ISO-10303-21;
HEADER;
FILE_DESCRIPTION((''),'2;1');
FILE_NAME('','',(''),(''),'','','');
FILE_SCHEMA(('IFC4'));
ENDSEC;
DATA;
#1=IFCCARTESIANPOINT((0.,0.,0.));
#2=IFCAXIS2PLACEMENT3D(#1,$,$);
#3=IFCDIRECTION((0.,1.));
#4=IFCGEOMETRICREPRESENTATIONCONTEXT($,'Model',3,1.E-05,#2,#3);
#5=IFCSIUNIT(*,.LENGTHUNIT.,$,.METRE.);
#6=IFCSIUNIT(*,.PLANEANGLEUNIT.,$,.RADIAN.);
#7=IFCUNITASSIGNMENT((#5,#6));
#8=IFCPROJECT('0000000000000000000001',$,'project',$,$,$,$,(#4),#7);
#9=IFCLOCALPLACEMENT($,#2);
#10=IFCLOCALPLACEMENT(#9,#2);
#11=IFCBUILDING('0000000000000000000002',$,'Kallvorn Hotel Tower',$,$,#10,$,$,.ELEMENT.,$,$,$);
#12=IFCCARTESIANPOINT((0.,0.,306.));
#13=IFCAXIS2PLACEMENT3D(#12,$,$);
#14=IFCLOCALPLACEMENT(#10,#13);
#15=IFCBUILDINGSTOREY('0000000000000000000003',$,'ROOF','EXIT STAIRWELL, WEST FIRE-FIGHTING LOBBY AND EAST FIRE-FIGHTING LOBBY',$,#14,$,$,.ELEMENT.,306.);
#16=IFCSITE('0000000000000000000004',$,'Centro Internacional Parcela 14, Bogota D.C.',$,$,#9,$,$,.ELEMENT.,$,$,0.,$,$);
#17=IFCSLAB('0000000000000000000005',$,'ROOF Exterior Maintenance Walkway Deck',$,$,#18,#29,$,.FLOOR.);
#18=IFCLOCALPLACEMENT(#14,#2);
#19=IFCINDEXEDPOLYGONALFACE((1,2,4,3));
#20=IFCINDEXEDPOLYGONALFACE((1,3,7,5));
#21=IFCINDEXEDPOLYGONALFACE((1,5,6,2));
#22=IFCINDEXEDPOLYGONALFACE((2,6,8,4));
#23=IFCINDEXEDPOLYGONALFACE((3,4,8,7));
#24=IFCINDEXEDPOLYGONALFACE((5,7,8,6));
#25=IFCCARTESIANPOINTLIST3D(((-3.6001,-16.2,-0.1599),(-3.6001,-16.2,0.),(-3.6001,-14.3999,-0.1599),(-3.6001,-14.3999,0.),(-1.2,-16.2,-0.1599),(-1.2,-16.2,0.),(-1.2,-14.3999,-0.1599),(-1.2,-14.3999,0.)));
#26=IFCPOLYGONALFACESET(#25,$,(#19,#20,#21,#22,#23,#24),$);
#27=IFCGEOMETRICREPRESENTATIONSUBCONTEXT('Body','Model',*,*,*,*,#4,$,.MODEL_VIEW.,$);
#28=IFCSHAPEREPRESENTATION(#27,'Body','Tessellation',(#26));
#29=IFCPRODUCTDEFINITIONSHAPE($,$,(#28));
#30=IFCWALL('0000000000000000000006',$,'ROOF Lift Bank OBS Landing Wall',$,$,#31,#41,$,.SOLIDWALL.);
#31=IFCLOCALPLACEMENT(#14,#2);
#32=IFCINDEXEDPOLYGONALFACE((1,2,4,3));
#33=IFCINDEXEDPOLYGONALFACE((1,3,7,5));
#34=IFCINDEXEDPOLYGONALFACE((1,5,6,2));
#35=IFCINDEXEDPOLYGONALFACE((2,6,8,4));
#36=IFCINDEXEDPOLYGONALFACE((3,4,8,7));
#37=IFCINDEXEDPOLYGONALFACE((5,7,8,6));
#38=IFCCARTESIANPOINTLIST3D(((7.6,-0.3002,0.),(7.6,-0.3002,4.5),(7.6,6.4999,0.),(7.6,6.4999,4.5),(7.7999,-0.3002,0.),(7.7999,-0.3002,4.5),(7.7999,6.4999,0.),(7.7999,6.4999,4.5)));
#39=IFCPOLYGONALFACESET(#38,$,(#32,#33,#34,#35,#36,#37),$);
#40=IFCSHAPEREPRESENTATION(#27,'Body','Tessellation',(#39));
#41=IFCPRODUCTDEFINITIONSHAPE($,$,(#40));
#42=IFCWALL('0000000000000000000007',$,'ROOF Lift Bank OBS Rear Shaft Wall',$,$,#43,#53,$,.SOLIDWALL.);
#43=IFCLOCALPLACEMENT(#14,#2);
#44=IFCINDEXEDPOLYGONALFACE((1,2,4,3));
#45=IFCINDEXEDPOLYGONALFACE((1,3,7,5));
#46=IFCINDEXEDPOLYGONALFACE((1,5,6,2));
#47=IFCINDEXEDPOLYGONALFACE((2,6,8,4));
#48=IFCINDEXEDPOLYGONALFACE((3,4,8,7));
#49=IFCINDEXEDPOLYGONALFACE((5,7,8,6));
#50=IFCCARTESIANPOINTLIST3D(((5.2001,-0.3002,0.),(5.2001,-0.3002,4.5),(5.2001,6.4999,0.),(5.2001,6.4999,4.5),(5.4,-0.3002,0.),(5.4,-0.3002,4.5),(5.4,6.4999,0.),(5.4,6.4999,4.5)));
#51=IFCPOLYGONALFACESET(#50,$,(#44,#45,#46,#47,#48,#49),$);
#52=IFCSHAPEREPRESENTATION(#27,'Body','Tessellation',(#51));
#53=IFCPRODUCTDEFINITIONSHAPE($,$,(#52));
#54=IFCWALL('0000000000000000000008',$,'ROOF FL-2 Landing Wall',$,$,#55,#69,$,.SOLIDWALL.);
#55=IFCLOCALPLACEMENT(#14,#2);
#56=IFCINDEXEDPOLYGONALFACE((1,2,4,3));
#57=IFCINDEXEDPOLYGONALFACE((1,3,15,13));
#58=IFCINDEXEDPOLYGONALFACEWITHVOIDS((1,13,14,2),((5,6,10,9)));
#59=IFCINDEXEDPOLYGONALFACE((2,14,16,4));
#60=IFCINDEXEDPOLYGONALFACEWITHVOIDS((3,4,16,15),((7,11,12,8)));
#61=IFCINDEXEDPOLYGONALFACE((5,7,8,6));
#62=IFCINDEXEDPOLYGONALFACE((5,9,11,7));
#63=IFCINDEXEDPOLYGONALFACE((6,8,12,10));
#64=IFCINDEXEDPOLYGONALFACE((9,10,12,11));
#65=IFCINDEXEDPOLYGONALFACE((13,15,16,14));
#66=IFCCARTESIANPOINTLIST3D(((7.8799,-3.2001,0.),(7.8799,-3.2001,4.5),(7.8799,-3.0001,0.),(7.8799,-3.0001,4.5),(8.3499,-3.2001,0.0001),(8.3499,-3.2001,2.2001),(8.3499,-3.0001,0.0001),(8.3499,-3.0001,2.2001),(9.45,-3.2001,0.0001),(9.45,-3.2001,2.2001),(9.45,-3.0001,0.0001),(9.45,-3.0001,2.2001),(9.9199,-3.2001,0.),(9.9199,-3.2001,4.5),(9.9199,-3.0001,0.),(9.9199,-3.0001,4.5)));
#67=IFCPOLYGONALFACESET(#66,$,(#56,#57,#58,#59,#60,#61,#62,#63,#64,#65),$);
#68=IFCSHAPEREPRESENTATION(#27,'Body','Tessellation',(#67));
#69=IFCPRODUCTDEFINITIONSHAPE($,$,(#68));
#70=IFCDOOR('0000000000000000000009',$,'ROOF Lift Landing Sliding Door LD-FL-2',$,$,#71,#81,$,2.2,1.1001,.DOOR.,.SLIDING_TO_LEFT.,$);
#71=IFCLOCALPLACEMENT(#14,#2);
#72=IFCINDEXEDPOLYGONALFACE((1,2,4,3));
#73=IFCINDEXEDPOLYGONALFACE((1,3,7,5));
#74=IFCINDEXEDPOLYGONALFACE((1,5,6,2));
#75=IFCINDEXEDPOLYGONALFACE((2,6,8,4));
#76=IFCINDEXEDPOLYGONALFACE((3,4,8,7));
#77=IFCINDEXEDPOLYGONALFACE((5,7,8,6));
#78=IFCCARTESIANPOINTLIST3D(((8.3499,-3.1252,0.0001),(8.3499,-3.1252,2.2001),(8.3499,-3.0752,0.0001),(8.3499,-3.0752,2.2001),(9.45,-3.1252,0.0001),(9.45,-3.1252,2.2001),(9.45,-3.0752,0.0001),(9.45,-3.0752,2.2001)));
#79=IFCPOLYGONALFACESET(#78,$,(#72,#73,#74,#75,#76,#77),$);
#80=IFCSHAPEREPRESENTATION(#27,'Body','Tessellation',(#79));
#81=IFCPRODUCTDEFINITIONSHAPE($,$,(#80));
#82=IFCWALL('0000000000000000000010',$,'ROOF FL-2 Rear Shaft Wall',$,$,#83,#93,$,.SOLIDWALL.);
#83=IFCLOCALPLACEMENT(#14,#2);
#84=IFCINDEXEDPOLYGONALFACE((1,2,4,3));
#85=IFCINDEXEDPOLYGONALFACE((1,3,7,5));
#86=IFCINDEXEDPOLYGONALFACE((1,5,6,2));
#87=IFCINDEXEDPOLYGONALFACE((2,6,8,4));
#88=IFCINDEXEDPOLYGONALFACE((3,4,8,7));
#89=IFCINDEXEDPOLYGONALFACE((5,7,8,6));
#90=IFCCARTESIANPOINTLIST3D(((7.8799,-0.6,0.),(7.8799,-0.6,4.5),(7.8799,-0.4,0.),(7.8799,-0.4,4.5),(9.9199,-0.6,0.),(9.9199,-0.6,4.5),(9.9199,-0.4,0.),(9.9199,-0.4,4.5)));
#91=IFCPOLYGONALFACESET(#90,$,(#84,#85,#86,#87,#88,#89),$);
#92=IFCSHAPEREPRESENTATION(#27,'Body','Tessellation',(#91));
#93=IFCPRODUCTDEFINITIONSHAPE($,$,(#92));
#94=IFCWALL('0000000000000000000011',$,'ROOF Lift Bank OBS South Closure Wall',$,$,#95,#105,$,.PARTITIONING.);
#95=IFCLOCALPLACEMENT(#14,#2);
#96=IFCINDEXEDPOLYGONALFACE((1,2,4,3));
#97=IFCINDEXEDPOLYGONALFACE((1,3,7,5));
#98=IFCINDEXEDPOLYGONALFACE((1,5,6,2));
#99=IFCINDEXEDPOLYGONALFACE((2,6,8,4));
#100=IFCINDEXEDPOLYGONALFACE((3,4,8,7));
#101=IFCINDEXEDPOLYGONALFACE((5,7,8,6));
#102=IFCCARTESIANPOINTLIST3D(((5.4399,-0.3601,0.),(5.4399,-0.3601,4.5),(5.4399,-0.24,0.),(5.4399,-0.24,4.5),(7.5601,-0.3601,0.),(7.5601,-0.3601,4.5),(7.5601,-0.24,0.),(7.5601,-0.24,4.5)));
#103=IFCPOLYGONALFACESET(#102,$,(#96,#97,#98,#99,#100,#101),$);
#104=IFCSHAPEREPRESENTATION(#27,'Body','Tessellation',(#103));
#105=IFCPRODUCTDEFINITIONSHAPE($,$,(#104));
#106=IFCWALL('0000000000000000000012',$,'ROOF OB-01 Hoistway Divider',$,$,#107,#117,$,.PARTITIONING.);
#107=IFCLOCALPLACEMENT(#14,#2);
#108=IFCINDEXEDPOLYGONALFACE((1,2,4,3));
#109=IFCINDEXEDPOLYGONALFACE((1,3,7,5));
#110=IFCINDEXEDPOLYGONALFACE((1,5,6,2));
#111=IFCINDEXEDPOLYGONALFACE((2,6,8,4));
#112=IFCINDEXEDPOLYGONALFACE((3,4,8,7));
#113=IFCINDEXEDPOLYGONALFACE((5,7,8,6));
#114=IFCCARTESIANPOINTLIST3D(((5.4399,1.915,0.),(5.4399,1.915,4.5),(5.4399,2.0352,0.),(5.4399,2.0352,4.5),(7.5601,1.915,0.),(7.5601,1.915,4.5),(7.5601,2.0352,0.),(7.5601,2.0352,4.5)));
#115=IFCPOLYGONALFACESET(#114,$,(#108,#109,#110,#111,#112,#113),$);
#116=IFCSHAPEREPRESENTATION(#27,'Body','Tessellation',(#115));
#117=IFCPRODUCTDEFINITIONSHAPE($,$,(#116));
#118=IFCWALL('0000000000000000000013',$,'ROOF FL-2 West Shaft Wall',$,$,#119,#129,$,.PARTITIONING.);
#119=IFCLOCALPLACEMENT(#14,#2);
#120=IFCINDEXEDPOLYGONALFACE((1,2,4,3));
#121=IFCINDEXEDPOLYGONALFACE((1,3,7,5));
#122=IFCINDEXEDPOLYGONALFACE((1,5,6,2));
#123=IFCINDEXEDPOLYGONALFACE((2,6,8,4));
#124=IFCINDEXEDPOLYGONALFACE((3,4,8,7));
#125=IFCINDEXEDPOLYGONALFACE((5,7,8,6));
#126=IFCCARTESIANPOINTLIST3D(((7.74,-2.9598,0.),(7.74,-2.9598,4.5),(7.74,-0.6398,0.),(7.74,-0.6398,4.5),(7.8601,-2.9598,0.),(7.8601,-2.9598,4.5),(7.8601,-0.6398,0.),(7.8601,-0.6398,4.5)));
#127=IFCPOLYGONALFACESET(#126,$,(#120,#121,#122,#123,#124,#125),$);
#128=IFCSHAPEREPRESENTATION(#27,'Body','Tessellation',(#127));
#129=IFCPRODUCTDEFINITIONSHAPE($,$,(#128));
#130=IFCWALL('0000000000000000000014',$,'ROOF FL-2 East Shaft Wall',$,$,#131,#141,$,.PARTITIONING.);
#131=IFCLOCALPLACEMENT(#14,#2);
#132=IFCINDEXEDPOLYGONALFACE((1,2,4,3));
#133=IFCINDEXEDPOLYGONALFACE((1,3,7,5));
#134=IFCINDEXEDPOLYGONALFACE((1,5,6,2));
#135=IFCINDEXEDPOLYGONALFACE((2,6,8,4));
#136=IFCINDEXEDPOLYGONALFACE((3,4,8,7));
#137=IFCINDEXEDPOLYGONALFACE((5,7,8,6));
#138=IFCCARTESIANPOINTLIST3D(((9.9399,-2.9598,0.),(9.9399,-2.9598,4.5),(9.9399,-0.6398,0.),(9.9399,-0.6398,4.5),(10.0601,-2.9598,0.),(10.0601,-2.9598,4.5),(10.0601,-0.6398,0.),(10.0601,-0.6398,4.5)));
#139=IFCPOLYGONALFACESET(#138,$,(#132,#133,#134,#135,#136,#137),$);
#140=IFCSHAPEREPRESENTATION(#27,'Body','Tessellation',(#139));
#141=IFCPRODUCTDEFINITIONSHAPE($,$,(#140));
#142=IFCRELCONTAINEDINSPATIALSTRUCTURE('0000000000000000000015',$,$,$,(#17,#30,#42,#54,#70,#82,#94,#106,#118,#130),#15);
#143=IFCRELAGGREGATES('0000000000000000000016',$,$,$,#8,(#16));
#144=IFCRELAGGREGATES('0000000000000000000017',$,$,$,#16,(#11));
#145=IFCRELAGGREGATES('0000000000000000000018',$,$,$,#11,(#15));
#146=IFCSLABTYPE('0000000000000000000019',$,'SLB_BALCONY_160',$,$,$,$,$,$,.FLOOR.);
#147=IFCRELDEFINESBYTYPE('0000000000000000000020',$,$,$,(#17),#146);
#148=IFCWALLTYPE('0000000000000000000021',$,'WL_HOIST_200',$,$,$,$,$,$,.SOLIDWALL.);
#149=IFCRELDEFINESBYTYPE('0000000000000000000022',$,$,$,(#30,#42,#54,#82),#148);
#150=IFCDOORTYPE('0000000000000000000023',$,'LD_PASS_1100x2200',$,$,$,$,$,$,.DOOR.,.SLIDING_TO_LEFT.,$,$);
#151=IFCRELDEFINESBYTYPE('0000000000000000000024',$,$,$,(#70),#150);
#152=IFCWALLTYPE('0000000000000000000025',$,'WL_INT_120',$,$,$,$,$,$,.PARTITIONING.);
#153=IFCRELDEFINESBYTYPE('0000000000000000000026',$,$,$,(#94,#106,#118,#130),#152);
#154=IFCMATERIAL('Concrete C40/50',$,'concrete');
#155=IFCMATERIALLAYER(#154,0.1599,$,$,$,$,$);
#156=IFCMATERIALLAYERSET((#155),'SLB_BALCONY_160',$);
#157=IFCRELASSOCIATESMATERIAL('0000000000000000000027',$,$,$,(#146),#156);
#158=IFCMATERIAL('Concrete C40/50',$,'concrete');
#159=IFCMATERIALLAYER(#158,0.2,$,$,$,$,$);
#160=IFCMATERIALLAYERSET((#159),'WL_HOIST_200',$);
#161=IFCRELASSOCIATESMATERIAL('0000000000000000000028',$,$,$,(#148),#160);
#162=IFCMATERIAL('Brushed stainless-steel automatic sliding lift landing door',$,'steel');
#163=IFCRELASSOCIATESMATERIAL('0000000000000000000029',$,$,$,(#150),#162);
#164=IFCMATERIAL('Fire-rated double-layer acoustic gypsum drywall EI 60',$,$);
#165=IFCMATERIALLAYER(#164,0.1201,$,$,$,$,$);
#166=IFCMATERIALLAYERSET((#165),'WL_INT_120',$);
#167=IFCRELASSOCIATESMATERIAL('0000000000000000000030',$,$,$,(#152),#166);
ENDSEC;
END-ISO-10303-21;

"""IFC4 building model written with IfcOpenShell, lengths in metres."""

from ifc_helpers import new_model, si_unit, direction, frame, frame_2d, origin, place, context, subcontext, project, spatial, polyline, rectangle, outline, extrude, material, layer, layer_set, type_object, element, fill, save


model = new_model("IFC4")

# Units and contexts
model_context = context("Model", 3, precision=1e-05, world=origin(), true_north=direction((0.0, 1.0)))
body_context = subcontext(model_context, "Body", "Model", "MODEL_VIEW")
ifc_project = project(units=[si_unit("LENGTHUNIT", "METRE"), si_unit("PLANEANGLEUNIT", "RADIAN")], contexts=[model_context])

# Site, building, storey
site_placement = place(None, origin())
site = spatial("IfcSite", under=ifc_project, at=site_placement, Name="Centro Internacional Parcela 14, Bogota D.C.", CompositionType="ELEMENT", RefElevation=0.0)
building_placement = place(site_placement, origin())
building = spatial("IfcBuilding", under=site, at=building_placement, Name="Kallvorn Hotel Tower", CompositionType="ELEMENT")
storey_placement = place(building_placement, frame((0.0, 0.0, 306.0)))
storey = spatial("IfcBuildingStorey", under=building, at=storey_placement, Name="ROOF", Description="EXIT STAIRWELL, WEST FIRE-FIGHTING LOBBY AND EAST FIRE-FIGHTING LOBBY", CompositionType="ELEMENT", Elevation=306.0)

# Slab
ifc_material_1 = material(Name="Concrete C40/50", Category="concrete")
ifc_layer_1 = layer(ifc_material_1, 0.1599)
ifc_layer_set_1 = layer_set([ifc_layer_1], Name="SLB_BALCONY_160")
slab_type_1 = type_object("IfcSlabType", Name="SLB_BALCONY_160", PredefinedType="FLOOR", material=ifc_layer_set_1)
slab_1_placement = place(storey_placement, frame((0.0, 0.0, -0.1599)))
element("IfcSlab", 1, at=slab_1_placement, inside=storey, type_object=slab_type_1, Name="ROOF Exterior Maintenance Walkway Deck", PredefinedType="FLOOR", context=body_context, shape_type="SweptSolid", body=[
    extrude(outline(polyline([(-3.6001, -16.2), (-1.2, -16.2), (-1.2, -14.3999), (-3.6001, -14.3999), (-3.6001, -16.2)])), origin(), (0.0, 0.0, 1.0), 0.1599),
])

# Walls
ifc_material_2 = material(Name="Concrete C40/50", Category="concrete")
ifc_layer_2 = layer(ifc_material_2, 0.2)
ifc_layer_set_2 = layer_set([ifc_layer_2], Name="WL_HOIST_200")
wall_type_1 = type_object("IfcWallType", Name="WL_HOIST_200", PredefinedType="SOLIDWALL", material=ifc_layer_set_2)
for number, where, z_axis, x_axis, name in (
    (2, (7.7, -0.3, 0.0), (0.0, 0.0, 1.0), (0.0, 1.0, 0.0), "ROOF Lift Bank OBS Landing Wall"),
    (3, (5.3, -0.3, 0.0), (0.0, 0.0, 1.0), (0.0, 1.0, 0.0), "ROOF Lift Bank OBS Rear Shaft Wall"),
):
    element("IfcWall", number, at=place(storey_placement, frame(where, z_axis=z_axis, x_axis=x_axis)), inside=storey, type_object=wall_type_1, Name=name, PredefinedType="SOLIDWALL", context=body_context, shape_type="SweptSolid", body=[
        extrude(rectangle(XDim=6.8, YDim=0.2, at=frame_2d((3.3999, 0.0))), origin(), (0.0, 0.0, 1.0), 4.5),
    ])

# Wall, opening, door
wall_1_placement = place(storey_placement, frame((7.8799, -3.1001, 0.0), z_axis=(0.0, 0.0, 1.0), x_axis=(1.0, 0.0, 0.0)))
wall_1 = element("IfcWall", 4, at=wall_1_placement, inside=storey, type_object=wall_type_1, Name="ROOF FL-2 Landing Wall", PredefinedType="SOLIDWALL", context=body_context, shape_type="SweptSolid", body=[
    extrude(rectangle(XDim=2.04, YDim=0.2, at=frame_2d((1.02, 0.0))), origin(), (0.0, 0.0, 1.0), 4.5),
])
opening_1_placement = place(wall_1_placement, frame((0.47, 0.0, 0.0)))
opening_1 = element("IfcOpeningElement", 5, at=opening_1_placement, cuts=wall_1, PredefinedType="OPENING", context=body_context, shape_type="SweptSolid", body=[
    extrude(rectangle(XDim=1.1001, YDim=2.2, at=frame_2d((0.55, 1.1001))), frame((0.0, 0.115, 0.0), z_axis=(0.0, -1.0, 0.0), x_axis=(1.0, 0.0, 0.0)), (0.0, 0.0, 1.0), 0.23),
])
ifc_material_3 = material(Name="Brushed stainless-steel automatic sliding lift landing door", Category="steel")
door_type_1 = type_object("IfcDoorType", Name="LD_PASS_1100x2200", OperationType="SLIDING_TO_LEFT", PredefinedType="DOOR", material=ifc_material_3)
door_1_placement = place(opening_1_placement, origin())
door_1 = element("IfcDoor", 6, at=door_1_placement, inside=storey, type_object=door_type_1, Name="ROOF Lift Landing Sliding Door LD-FL-2", OperationType="SLIDING_TO_LEFT", OverallHeight=2.2, OverallWidth=1.1001, PredefinedType="DOOR", context=body_context, shape_type="SweptSolid", body=[
    extrude(rectangle(XDim=1.1001, YDim=2.2, at=frame_2d((0.55, 1.1001))), frame((0.0, 0.0249, 0.0), z_axis=(0.0, -1.0, 0.0), x_axis=(1.0, 0.0, 0.0)), (0.0, 0.0, 1.0), 0.05),
])
fill(opening_1, door_1)

# Walls
wall_2_placement = place(storey_placement, frame((7.8799, -0.5, 0.0), z_axis=(0.0, 0.0, 1.0), x_axis=(1.0, 0.0, 0.0)))
element("IfcWall", 7, at=wall_2_placement, inside=storey, type_object=wall_type_1, Name="ROOF FL-2 Rear Shaft Wall", PredefinedType="SOLIDWALL", context=body_context, shape_type="SweptSolid", body=[
    extrude(rectangle(XDim=2.04, YDim=0.2, at=frame_2d((1.02, 0.0))), origin(), (0.0, 0.0, 1.0), 4.5),
])
ifc_material_4 = material(Name="Fire-rated double-layer acoustic gypsum drywall EI 60")
ifc_layer_3 = layer(ifc_material_4, 0.1201)
ifc_layer_set_3 = layer_set([ifc_layer_3], Name="WL_INT_120")
wall_type_2 = type_object("IfcWallType", Name="WL_INT_120", PredefinedType="PARTITIONING", material=ifc_layer_set_3)
for number, where, z_axis, x_axis, name in (
    (8, (5.4399, -0.3, 0.0), (0.0, 0.0, 1.0), (1.0, 0.0, 0.0), "ROOF Lift Bank OBS South Closure Wall"),
    (9, (5.4399, 1.9751, 0.0), (0.0, 0.0, 1.0), (1.0, 0.0, 0.0), "ROOF OB-01 Hoistway Divider"),
):
    element("IfcWall", number, at=place(storey_placement, frame(where, z_axis=z_axis, x_axis=x_axis)), inside=storey, type_object=wall_type_2, Name=name, PredefinedType="PARTITIONING", context=body_context, shape_type="SweptSolid", body=[
        extrude(rectangle(XDim=2.1201, YDim=0.1201, at=frame_2d((1.0601, 0.0))), origin(), (0.0, 0.0, 1.0), 4.5),
    ])
for number, where, z_axis, x_axis, name in (
    (10, (7.8, -2.96, 0.0), (0.0, 0.0, 1.0), (0.0, 1.0, 0.0), "ROOF FL-2 West Shaft Wall"),
    (11, (10.0, -2.96, 0.0), (0.0, 0.0, 1.0), (0.0, 1.0, 0.0), "ROOF FL-2 East Shaft Wall"),
):
    element("IfcWall", number, at=place(storey_placement, frame(where, z_axis=z_axis, x_axis=x_axis)), inside=storey, type_object=wall_type_2, Name=name, PredefinedType="PARTITIONING", context=body_context, shape_type="SweptSolid", body=[
        extrude(rectangle(XDim=2.3201, YDim=0.1201, at=frame_2d((1.1602, 0.0))), origin(), (0.0, 0.0, 1.0), 4.5),
    ])

save(model, "model.ifc")
